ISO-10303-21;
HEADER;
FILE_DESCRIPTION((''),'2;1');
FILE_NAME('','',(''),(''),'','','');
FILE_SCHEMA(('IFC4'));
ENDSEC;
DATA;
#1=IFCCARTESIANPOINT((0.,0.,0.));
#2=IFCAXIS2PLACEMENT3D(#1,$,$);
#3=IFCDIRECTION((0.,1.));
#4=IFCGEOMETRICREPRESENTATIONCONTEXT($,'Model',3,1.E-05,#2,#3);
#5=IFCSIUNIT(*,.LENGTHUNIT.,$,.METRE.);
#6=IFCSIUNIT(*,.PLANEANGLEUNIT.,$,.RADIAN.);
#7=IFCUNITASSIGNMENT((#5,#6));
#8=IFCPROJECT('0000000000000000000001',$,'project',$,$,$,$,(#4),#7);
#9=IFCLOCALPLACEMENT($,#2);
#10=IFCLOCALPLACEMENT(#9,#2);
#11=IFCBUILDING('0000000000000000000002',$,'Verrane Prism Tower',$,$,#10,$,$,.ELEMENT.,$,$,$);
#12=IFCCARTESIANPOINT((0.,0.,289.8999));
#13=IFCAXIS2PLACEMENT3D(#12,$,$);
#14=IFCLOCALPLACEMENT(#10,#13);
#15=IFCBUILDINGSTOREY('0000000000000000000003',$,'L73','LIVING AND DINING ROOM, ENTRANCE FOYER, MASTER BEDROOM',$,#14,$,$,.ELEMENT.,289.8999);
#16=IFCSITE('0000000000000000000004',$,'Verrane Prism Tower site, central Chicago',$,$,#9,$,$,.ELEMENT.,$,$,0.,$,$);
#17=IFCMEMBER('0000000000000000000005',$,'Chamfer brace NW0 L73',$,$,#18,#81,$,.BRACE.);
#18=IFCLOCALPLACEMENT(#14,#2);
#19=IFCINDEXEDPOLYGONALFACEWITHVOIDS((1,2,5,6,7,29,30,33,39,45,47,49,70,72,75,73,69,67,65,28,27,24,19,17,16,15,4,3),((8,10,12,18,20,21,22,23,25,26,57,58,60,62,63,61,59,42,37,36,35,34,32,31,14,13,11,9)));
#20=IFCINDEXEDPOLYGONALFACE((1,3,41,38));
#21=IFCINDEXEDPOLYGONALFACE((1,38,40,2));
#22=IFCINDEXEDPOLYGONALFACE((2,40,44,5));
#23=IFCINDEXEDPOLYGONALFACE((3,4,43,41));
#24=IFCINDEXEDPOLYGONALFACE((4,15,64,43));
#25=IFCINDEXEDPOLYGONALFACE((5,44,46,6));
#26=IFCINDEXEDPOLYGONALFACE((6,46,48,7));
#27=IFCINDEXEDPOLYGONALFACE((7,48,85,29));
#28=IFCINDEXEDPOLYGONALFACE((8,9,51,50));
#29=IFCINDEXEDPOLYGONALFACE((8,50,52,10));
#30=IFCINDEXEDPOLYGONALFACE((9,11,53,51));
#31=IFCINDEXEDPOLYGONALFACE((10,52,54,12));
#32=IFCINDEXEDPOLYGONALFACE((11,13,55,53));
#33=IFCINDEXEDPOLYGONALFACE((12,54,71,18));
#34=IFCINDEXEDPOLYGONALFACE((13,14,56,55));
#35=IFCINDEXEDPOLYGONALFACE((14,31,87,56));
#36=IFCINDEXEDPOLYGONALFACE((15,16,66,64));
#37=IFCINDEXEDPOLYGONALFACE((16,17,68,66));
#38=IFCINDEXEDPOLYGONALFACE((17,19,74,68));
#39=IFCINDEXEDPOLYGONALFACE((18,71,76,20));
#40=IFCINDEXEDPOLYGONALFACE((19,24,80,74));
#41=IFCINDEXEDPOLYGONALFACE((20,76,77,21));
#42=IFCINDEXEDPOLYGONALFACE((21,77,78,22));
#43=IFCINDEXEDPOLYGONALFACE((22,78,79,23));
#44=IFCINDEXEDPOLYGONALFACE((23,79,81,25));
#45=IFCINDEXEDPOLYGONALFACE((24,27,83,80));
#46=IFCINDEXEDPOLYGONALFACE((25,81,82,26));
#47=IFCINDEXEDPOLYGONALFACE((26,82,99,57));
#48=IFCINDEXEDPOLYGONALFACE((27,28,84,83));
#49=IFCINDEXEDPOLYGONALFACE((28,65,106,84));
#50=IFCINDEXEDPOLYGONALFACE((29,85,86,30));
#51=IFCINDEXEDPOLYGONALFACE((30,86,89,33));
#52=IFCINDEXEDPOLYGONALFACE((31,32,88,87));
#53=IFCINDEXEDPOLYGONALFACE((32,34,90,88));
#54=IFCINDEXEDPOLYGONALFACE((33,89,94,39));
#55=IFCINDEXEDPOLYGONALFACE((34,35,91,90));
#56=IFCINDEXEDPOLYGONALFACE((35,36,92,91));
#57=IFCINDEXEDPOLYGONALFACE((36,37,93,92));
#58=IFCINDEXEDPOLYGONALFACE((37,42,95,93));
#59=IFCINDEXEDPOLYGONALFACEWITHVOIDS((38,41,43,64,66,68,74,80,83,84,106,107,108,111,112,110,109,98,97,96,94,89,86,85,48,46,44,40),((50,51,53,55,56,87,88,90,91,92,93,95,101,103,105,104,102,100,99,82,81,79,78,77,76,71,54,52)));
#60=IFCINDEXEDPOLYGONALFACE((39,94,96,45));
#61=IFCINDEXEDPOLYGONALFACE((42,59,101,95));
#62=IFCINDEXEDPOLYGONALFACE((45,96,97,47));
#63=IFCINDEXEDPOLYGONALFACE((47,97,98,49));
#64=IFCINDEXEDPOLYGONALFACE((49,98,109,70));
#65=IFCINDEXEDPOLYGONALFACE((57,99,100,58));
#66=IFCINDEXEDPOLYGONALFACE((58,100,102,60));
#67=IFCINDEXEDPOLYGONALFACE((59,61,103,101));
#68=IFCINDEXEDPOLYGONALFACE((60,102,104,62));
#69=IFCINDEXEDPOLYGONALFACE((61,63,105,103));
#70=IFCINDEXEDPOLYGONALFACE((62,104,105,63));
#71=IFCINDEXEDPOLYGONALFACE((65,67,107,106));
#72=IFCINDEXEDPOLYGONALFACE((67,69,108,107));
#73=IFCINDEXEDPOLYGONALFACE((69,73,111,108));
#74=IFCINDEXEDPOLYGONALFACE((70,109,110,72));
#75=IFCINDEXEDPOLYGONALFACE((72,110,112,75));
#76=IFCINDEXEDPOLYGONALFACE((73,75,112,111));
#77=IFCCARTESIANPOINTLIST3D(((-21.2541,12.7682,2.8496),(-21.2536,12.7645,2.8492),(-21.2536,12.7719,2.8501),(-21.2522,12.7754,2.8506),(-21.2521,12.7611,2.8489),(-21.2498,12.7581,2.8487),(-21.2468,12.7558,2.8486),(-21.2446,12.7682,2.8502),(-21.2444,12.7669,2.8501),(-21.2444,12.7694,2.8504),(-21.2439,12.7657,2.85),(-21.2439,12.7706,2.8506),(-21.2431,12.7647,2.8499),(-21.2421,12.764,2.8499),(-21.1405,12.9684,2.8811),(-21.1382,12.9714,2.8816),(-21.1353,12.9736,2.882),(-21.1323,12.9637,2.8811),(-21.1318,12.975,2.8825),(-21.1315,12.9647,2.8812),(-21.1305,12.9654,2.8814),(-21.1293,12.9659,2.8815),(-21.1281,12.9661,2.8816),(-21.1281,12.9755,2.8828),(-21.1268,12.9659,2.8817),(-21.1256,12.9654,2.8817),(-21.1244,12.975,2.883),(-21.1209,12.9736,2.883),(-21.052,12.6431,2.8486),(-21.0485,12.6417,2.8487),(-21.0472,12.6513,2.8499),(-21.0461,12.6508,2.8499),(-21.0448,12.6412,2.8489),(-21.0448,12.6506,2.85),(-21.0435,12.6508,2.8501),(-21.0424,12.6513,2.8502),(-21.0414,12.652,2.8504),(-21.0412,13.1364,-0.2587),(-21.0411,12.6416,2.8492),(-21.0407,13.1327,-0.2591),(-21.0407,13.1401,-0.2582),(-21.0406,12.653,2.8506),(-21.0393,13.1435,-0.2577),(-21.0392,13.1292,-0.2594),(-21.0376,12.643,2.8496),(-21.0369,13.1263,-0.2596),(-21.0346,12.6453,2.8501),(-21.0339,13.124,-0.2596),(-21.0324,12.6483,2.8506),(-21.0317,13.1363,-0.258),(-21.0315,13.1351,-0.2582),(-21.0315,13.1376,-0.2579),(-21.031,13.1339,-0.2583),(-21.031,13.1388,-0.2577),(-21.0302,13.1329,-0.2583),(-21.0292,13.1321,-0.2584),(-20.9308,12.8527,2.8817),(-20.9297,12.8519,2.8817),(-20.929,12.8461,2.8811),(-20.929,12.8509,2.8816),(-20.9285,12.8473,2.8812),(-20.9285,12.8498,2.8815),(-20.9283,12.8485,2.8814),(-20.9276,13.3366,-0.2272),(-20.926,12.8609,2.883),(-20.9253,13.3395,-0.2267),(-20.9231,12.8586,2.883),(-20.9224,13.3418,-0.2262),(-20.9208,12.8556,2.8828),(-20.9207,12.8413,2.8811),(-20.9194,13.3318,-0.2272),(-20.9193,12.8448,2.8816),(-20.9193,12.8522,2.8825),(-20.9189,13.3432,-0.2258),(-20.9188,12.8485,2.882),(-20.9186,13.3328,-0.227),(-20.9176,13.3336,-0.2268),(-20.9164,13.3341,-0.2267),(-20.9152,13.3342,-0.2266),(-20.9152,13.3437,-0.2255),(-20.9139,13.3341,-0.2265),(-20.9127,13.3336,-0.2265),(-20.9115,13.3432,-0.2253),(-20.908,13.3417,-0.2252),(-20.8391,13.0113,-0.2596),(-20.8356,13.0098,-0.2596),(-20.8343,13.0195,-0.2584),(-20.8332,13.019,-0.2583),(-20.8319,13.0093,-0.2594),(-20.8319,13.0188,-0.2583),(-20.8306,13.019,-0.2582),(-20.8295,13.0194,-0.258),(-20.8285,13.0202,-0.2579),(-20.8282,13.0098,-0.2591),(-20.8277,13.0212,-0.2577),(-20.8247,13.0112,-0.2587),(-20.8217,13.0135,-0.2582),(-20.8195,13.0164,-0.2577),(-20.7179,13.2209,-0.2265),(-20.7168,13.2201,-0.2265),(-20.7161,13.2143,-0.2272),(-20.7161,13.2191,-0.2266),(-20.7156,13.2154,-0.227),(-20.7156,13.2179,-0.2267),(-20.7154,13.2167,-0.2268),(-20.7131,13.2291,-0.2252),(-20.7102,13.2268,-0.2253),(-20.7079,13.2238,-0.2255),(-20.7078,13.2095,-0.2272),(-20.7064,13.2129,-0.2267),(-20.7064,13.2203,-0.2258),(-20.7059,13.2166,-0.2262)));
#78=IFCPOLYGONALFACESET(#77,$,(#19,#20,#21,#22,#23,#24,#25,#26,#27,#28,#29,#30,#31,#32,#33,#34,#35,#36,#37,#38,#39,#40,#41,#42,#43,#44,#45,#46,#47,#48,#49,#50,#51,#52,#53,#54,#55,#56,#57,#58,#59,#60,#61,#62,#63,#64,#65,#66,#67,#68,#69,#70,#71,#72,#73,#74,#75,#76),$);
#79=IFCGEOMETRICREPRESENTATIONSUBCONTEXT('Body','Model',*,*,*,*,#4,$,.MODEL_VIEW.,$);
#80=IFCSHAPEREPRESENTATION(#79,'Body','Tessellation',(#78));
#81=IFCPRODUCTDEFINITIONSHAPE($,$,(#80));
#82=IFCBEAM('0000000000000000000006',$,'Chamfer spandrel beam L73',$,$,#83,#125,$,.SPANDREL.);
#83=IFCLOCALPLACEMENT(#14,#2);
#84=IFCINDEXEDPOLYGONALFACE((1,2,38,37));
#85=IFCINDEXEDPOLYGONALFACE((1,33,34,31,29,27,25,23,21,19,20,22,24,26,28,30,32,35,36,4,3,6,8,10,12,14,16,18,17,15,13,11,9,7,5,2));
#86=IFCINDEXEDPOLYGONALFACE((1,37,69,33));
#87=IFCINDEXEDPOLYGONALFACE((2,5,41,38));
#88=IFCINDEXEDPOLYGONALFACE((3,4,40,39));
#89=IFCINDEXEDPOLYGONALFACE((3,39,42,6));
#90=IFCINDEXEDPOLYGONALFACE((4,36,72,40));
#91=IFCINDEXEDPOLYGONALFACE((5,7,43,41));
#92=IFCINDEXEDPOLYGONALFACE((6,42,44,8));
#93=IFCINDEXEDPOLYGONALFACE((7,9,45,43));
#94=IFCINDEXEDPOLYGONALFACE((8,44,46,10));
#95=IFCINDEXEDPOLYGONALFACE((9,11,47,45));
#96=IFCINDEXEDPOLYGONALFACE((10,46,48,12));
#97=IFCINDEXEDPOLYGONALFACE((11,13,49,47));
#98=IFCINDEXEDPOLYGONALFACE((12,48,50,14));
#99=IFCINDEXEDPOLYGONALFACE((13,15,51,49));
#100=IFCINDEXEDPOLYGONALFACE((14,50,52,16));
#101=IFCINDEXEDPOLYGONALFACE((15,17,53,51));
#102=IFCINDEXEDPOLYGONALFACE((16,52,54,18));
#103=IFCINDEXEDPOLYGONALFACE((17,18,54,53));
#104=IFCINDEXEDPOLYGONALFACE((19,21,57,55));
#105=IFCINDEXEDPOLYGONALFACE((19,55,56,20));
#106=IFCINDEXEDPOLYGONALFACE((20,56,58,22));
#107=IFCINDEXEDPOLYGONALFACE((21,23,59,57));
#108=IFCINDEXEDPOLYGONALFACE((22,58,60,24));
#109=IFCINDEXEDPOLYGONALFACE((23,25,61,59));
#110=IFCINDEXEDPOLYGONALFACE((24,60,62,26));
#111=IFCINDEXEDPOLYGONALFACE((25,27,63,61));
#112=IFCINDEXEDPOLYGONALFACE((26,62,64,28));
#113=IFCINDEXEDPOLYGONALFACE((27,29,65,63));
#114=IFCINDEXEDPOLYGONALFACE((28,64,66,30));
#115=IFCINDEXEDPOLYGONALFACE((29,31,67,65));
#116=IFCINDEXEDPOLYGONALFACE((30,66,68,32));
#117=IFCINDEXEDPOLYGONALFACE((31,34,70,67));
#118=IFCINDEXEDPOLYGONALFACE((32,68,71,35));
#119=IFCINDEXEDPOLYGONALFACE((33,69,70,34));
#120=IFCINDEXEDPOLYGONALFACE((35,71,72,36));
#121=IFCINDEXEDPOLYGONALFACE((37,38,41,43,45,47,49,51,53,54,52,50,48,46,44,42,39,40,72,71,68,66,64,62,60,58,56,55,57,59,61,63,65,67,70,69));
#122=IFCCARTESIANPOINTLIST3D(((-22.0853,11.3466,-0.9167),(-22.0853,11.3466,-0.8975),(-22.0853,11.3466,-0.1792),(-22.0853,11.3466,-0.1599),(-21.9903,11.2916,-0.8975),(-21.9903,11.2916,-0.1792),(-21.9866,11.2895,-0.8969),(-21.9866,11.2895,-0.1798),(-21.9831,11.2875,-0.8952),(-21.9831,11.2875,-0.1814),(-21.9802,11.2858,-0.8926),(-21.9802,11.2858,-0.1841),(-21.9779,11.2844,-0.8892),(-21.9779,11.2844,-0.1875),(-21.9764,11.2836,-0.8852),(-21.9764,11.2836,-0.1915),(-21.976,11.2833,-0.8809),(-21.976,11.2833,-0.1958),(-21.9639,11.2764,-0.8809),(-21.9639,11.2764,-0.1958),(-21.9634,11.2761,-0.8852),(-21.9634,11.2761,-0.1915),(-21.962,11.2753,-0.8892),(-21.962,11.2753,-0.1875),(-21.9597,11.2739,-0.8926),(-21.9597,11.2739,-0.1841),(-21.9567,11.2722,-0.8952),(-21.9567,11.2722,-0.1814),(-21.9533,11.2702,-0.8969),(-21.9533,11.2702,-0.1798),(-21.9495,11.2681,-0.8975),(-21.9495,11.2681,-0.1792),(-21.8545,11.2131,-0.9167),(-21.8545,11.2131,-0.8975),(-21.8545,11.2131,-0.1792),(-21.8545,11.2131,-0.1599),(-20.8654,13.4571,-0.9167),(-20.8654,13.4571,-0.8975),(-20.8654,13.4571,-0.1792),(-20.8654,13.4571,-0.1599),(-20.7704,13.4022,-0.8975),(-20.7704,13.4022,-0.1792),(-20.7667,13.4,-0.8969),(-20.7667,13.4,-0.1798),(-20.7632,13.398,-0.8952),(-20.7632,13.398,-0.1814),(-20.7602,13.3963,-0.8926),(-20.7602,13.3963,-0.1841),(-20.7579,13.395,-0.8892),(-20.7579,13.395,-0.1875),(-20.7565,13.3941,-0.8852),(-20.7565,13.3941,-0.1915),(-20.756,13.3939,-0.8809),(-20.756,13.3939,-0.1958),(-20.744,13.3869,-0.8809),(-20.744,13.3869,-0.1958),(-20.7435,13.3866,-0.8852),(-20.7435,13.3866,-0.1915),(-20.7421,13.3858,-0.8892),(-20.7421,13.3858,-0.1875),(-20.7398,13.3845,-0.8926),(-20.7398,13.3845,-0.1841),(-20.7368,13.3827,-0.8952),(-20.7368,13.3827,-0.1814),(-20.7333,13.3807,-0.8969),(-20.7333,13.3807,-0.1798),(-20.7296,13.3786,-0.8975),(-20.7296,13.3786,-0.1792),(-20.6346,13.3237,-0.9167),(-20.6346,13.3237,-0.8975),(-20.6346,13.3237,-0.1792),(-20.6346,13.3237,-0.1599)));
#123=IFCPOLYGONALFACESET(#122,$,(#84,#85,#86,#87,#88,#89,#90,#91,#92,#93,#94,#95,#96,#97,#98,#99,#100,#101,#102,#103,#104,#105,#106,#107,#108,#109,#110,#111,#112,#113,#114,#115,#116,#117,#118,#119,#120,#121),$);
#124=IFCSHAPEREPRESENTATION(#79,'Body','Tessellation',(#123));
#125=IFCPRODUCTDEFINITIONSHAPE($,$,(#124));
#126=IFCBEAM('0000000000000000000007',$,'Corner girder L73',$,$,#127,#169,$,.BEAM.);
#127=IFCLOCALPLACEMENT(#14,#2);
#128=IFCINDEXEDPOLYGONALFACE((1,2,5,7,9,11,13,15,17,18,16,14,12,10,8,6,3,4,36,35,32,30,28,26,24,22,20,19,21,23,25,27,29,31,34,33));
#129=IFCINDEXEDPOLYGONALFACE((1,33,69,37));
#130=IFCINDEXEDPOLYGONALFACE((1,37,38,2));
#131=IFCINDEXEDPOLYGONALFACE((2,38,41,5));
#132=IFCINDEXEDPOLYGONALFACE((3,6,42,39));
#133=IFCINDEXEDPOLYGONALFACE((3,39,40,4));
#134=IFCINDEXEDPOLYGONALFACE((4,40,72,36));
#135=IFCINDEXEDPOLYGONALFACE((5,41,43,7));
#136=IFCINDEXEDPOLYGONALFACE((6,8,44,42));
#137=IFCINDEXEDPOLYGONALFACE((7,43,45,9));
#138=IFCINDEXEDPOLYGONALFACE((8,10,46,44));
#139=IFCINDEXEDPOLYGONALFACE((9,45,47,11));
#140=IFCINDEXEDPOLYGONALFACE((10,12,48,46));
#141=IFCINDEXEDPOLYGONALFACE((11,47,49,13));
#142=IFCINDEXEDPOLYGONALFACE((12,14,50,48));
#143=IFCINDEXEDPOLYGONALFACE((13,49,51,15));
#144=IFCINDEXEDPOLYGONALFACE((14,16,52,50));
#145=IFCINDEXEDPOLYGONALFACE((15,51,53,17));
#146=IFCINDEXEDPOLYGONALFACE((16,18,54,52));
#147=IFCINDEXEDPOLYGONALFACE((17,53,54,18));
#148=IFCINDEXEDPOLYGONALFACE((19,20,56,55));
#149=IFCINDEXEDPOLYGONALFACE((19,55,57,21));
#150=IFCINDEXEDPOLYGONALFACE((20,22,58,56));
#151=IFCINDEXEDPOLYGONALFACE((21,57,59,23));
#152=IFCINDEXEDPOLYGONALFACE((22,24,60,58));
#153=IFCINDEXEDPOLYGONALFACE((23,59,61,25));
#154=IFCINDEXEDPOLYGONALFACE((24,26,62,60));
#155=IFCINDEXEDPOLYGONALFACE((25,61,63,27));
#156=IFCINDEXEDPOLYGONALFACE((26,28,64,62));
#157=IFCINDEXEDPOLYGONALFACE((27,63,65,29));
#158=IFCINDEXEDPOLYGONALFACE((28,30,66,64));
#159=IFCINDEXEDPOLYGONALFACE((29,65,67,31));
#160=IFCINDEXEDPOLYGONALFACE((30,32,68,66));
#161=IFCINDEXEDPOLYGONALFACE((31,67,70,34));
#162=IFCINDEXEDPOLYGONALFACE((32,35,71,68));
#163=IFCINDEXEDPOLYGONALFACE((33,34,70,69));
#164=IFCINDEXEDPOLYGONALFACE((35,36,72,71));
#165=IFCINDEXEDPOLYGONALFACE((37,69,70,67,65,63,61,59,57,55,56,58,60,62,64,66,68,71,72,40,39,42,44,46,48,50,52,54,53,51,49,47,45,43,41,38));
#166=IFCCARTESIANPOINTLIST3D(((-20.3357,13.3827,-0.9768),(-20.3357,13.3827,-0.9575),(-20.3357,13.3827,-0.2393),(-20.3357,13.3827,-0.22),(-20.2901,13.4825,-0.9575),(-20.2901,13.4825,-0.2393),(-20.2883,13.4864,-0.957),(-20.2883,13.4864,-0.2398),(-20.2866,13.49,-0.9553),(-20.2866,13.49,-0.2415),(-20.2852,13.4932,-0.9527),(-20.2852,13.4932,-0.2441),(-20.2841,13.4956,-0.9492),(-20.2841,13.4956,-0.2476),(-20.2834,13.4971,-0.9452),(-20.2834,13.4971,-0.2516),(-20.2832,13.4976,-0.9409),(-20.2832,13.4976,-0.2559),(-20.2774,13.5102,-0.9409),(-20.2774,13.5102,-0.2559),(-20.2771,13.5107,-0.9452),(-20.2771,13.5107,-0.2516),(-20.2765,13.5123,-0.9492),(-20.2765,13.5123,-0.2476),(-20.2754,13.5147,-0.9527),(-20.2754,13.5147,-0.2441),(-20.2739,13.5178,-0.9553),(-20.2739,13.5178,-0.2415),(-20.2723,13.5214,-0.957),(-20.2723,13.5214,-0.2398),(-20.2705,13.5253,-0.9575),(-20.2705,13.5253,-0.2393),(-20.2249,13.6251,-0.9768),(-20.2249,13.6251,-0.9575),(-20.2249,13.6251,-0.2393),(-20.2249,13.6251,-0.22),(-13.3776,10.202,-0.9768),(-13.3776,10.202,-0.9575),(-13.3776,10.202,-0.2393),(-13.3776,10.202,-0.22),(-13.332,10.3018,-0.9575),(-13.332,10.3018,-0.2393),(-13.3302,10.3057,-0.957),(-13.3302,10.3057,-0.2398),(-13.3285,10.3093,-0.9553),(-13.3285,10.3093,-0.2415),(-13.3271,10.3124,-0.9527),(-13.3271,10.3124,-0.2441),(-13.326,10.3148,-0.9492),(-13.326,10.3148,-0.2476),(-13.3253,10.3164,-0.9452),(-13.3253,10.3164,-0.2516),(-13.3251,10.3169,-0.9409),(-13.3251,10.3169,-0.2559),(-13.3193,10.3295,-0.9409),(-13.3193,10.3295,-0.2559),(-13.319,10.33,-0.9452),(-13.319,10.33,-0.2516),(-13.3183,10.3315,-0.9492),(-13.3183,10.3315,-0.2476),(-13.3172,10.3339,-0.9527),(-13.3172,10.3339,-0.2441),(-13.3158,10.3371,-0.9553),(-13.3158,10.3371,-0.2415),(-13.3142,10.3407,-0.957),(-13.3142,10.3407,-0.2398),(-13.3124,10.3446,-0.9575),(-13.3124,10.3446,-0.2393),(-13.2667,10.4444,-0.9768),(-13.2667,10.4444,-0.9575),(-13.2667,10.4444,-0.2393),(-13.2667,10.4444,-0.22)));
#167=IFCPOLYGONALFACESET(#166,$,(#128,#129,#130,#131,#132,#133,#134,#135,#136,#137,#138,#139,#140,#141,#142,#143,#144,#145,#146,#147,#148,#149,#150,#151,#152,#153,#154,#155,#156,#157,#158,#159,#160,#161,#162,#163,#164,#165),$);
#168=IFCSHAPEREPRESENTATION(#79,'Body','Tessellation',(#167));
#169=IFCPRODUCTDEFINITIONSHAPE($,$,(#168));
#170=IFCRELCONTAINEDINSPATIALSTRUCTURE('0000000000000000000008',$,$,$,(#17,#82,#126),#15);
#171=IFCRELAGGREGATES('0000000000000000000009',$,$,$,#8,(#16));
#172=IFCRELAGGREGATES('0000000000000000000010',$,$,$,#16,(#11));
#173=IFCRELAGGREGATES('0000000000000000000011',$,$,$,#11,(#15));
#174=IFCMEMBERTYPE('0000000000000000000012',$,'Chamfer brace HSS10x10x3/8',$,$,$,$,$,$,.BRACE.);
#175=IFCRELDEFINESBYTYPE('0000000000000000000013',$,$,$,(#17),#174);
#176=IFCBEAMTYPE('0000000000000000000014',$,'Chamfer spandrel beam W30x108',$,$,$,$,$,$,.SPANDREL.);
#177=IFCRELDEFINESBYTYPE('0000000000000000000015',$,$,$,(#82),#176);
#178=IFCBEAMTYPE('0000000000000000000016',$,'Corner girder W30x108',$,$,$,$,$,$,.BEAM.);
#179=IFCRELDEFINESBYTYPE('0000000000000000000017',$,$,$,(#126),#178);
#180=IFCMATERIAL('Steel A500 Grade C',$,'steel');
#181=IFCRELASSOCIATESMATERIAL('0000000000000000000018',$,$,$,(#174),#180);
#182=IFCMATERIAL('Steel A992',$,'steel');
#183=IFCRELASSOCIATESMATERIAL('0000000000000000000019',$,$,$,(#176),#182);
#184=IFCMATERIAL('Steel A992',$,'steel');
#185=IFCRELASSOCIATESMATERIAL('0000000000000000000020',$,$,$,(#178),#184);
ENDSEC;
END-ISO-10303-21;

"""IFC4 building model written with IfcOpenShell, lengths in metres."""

from ifc_helpers import new_model, si_unit, direction, frame, origin, origin_2d, place, context, subcontext, project, spatial, hollow_rectangle, i_section, extrude, material, material_profile, profile_set, type_object, element, save


model = new_model("IFC4")

# Units and contexts
model_context = context("Model", 3, precision=1e-05, world=origin(), true_north=direction((0.0, 1.0)))
body_context = subcontext(model_context, "Body", "Model", "MODEL_VIEW")
ifc_project = project(units=[si_unit("LENGTHUNIT", "METRE"), si_unit("PLANEANGLEUNIT", "RADIAN")], contexts=[model_context])

# Site, building, storey
site_placement = place(None, origin())
site = spatial("IfcSite", under=ifc_project, at=site_placement, Name="Verrane Prism Tower site, central Chicago", CompositionType="ELEMENT", RefElevation=0.0)
building_placement = place(site_placement, origin())
building = spatial("IfcBuilding", under=site, at=building_placement, Name="Verrane Prism Tower", CompositionType="ELEMENT")
storey_placement = place(building_placement, frame((0.0, 0.0, 289.8999)))
storey = spatial("IfcBuildingStorey", under=building, at=storey_placement, Name="L73", Description="LIVING AND DINING ROOM, ENTRANCE FOYER, MASTER BEDROOM", CompositionType="ELEMENT", Elevation=289.8999)

# Member
ifc_material_1 = material(Name="Steel A500 Grade C", Category="steel")
ifc_material_profile_1 = material_profile(ifc_material_1, hollow_rectangle(XDim=0.2539, YDim=0.2539, WallThickness=0.0095, InnerFilletRadius=0.0049, OuterFilletRadius=0.0144, at=origin_2d()), Name="HSS10x10x3/8")
ifc_profile_set_1 = profile_set([ifc_material_profile_1], Name="Steel A500 Grade C")
member_type_1 = type_object("IfcMemberType", Name="Chamfer brace HSS10x10x3/8", PredefinedType="BRACE", material=ifc_profile_set_1)
member_1_placement = place(storey_placement, frame((-20.8735, 13.1765, -0.2424), z_axis=(-0.067862, -0.117358, 0.990768), x_axis=(0.865688, -0.500584, 0.0)))
element("IfcMember", 1, at=member_1_placement, inside=storey, type_object=member_type_1, Name="Chamfer brace NW0 L73", PredefinedType="BRACE", context=body_context, shape_type="SweptSolid", body=[
    extrude(hollow_rectangle(XDim=0.2539, YDim=0.2539, WallThickness=0.0095, InnerFilletRadius=0.0049, OuterFilletRadius=0.0144, at=origin_2d()), origin(), (0.0, 0.0, 1.0), 3.1372),
])

# Beams
ifc_material_2 = material(Name="Steel A992", Category="steel")
ifc_material_profile_2 = material_profile(ifc_material_2, i_section(OverallWidth=0.2666, OverallDepth=0.7568, WebThickness=0.0139, FlangeThickness=0.0193, FilletRadius=0.0166, at=origin_2d()), Name="W30x108")
ifc_profile_set_2 = profile_set([ifc_material_profile_2], Name="Steel A992")
beam_type_1 = type_object("IfcBeamType", Name="Chamfer spandrel beam W30x108", PredefinedType="SPANDREL", material=ifc_profile_set_2)
beam_1_placement = place(storey_placement, frame((-20.75, 13.3904, -0.5383), z_axis=(-0.500436, -0.865773, 0.0), x_axis=(0.865773, -0.500436, 0.0)))
element("IfcBeam", 2, at=beam_1_placement, inside=storey, type_object=beam_type_1, Name="Chamfer spandrel beam L73", PredefinedType="SPANDREL", context=body_context, shape_type="SweptSolid", body=[
    extrude(i_section(OverallWidth=0.2666, OverallDepth=0.7568, WebThickness=0.0139, FlangeThickness=0.0193, FilletRadius=0.0166, at=origin_2d()), origin(), (0.0, 0.0, 1.0), 2.4377),
])
ifc_material_3 = material(Name="Steel A992", Category="steel")
ifc_material_profile_3 = material_profile(ifc_material_3, i_section(OverallWidth=0.2666, OverallDepth=0.7568, WebThickness=0.0139, FlangeThickness=0.0193, FilletRadius=0.0166, at=origin_2d()), Name="W30x108")
ifc_profile_set_3 = profile_set([ifc_material_profile_3], Name="Steel A992")
beam_type_2 = type_object("IfcBeamType", Name="Corner girder W30x108", PredefinedType="BEAM", material=ifc_profile_set_3)
for number, where, z_axis, x_axis, name in (
    (3, (-20.2803, 13.5039, -0.5984), (0.909481, -0.415745, 0.0), (0.415745, 0.909481, 0.0), "Corner girder L73"),
):
    element("IfcBeam", number, at=place(storey_placement, frame(where, z_axis=z_axis, x_axis=x_axis)), inside=storey, type_object=beam_type_2, Name=name, PredefinedType="BEAM", context=body_context, shape_type="SweptSolid", body=[
        extrude(i_section(OverallWidth=0.2666, OverallDepth=0.7568, WebThickness=0.0139, FlangeThickness=0.0193, FilletRadius=0.0166, at=origin_2d()), origin(), (0.0, 0.0, 1.0), 7.6506),
    ])

save(model, "model.ifc")
